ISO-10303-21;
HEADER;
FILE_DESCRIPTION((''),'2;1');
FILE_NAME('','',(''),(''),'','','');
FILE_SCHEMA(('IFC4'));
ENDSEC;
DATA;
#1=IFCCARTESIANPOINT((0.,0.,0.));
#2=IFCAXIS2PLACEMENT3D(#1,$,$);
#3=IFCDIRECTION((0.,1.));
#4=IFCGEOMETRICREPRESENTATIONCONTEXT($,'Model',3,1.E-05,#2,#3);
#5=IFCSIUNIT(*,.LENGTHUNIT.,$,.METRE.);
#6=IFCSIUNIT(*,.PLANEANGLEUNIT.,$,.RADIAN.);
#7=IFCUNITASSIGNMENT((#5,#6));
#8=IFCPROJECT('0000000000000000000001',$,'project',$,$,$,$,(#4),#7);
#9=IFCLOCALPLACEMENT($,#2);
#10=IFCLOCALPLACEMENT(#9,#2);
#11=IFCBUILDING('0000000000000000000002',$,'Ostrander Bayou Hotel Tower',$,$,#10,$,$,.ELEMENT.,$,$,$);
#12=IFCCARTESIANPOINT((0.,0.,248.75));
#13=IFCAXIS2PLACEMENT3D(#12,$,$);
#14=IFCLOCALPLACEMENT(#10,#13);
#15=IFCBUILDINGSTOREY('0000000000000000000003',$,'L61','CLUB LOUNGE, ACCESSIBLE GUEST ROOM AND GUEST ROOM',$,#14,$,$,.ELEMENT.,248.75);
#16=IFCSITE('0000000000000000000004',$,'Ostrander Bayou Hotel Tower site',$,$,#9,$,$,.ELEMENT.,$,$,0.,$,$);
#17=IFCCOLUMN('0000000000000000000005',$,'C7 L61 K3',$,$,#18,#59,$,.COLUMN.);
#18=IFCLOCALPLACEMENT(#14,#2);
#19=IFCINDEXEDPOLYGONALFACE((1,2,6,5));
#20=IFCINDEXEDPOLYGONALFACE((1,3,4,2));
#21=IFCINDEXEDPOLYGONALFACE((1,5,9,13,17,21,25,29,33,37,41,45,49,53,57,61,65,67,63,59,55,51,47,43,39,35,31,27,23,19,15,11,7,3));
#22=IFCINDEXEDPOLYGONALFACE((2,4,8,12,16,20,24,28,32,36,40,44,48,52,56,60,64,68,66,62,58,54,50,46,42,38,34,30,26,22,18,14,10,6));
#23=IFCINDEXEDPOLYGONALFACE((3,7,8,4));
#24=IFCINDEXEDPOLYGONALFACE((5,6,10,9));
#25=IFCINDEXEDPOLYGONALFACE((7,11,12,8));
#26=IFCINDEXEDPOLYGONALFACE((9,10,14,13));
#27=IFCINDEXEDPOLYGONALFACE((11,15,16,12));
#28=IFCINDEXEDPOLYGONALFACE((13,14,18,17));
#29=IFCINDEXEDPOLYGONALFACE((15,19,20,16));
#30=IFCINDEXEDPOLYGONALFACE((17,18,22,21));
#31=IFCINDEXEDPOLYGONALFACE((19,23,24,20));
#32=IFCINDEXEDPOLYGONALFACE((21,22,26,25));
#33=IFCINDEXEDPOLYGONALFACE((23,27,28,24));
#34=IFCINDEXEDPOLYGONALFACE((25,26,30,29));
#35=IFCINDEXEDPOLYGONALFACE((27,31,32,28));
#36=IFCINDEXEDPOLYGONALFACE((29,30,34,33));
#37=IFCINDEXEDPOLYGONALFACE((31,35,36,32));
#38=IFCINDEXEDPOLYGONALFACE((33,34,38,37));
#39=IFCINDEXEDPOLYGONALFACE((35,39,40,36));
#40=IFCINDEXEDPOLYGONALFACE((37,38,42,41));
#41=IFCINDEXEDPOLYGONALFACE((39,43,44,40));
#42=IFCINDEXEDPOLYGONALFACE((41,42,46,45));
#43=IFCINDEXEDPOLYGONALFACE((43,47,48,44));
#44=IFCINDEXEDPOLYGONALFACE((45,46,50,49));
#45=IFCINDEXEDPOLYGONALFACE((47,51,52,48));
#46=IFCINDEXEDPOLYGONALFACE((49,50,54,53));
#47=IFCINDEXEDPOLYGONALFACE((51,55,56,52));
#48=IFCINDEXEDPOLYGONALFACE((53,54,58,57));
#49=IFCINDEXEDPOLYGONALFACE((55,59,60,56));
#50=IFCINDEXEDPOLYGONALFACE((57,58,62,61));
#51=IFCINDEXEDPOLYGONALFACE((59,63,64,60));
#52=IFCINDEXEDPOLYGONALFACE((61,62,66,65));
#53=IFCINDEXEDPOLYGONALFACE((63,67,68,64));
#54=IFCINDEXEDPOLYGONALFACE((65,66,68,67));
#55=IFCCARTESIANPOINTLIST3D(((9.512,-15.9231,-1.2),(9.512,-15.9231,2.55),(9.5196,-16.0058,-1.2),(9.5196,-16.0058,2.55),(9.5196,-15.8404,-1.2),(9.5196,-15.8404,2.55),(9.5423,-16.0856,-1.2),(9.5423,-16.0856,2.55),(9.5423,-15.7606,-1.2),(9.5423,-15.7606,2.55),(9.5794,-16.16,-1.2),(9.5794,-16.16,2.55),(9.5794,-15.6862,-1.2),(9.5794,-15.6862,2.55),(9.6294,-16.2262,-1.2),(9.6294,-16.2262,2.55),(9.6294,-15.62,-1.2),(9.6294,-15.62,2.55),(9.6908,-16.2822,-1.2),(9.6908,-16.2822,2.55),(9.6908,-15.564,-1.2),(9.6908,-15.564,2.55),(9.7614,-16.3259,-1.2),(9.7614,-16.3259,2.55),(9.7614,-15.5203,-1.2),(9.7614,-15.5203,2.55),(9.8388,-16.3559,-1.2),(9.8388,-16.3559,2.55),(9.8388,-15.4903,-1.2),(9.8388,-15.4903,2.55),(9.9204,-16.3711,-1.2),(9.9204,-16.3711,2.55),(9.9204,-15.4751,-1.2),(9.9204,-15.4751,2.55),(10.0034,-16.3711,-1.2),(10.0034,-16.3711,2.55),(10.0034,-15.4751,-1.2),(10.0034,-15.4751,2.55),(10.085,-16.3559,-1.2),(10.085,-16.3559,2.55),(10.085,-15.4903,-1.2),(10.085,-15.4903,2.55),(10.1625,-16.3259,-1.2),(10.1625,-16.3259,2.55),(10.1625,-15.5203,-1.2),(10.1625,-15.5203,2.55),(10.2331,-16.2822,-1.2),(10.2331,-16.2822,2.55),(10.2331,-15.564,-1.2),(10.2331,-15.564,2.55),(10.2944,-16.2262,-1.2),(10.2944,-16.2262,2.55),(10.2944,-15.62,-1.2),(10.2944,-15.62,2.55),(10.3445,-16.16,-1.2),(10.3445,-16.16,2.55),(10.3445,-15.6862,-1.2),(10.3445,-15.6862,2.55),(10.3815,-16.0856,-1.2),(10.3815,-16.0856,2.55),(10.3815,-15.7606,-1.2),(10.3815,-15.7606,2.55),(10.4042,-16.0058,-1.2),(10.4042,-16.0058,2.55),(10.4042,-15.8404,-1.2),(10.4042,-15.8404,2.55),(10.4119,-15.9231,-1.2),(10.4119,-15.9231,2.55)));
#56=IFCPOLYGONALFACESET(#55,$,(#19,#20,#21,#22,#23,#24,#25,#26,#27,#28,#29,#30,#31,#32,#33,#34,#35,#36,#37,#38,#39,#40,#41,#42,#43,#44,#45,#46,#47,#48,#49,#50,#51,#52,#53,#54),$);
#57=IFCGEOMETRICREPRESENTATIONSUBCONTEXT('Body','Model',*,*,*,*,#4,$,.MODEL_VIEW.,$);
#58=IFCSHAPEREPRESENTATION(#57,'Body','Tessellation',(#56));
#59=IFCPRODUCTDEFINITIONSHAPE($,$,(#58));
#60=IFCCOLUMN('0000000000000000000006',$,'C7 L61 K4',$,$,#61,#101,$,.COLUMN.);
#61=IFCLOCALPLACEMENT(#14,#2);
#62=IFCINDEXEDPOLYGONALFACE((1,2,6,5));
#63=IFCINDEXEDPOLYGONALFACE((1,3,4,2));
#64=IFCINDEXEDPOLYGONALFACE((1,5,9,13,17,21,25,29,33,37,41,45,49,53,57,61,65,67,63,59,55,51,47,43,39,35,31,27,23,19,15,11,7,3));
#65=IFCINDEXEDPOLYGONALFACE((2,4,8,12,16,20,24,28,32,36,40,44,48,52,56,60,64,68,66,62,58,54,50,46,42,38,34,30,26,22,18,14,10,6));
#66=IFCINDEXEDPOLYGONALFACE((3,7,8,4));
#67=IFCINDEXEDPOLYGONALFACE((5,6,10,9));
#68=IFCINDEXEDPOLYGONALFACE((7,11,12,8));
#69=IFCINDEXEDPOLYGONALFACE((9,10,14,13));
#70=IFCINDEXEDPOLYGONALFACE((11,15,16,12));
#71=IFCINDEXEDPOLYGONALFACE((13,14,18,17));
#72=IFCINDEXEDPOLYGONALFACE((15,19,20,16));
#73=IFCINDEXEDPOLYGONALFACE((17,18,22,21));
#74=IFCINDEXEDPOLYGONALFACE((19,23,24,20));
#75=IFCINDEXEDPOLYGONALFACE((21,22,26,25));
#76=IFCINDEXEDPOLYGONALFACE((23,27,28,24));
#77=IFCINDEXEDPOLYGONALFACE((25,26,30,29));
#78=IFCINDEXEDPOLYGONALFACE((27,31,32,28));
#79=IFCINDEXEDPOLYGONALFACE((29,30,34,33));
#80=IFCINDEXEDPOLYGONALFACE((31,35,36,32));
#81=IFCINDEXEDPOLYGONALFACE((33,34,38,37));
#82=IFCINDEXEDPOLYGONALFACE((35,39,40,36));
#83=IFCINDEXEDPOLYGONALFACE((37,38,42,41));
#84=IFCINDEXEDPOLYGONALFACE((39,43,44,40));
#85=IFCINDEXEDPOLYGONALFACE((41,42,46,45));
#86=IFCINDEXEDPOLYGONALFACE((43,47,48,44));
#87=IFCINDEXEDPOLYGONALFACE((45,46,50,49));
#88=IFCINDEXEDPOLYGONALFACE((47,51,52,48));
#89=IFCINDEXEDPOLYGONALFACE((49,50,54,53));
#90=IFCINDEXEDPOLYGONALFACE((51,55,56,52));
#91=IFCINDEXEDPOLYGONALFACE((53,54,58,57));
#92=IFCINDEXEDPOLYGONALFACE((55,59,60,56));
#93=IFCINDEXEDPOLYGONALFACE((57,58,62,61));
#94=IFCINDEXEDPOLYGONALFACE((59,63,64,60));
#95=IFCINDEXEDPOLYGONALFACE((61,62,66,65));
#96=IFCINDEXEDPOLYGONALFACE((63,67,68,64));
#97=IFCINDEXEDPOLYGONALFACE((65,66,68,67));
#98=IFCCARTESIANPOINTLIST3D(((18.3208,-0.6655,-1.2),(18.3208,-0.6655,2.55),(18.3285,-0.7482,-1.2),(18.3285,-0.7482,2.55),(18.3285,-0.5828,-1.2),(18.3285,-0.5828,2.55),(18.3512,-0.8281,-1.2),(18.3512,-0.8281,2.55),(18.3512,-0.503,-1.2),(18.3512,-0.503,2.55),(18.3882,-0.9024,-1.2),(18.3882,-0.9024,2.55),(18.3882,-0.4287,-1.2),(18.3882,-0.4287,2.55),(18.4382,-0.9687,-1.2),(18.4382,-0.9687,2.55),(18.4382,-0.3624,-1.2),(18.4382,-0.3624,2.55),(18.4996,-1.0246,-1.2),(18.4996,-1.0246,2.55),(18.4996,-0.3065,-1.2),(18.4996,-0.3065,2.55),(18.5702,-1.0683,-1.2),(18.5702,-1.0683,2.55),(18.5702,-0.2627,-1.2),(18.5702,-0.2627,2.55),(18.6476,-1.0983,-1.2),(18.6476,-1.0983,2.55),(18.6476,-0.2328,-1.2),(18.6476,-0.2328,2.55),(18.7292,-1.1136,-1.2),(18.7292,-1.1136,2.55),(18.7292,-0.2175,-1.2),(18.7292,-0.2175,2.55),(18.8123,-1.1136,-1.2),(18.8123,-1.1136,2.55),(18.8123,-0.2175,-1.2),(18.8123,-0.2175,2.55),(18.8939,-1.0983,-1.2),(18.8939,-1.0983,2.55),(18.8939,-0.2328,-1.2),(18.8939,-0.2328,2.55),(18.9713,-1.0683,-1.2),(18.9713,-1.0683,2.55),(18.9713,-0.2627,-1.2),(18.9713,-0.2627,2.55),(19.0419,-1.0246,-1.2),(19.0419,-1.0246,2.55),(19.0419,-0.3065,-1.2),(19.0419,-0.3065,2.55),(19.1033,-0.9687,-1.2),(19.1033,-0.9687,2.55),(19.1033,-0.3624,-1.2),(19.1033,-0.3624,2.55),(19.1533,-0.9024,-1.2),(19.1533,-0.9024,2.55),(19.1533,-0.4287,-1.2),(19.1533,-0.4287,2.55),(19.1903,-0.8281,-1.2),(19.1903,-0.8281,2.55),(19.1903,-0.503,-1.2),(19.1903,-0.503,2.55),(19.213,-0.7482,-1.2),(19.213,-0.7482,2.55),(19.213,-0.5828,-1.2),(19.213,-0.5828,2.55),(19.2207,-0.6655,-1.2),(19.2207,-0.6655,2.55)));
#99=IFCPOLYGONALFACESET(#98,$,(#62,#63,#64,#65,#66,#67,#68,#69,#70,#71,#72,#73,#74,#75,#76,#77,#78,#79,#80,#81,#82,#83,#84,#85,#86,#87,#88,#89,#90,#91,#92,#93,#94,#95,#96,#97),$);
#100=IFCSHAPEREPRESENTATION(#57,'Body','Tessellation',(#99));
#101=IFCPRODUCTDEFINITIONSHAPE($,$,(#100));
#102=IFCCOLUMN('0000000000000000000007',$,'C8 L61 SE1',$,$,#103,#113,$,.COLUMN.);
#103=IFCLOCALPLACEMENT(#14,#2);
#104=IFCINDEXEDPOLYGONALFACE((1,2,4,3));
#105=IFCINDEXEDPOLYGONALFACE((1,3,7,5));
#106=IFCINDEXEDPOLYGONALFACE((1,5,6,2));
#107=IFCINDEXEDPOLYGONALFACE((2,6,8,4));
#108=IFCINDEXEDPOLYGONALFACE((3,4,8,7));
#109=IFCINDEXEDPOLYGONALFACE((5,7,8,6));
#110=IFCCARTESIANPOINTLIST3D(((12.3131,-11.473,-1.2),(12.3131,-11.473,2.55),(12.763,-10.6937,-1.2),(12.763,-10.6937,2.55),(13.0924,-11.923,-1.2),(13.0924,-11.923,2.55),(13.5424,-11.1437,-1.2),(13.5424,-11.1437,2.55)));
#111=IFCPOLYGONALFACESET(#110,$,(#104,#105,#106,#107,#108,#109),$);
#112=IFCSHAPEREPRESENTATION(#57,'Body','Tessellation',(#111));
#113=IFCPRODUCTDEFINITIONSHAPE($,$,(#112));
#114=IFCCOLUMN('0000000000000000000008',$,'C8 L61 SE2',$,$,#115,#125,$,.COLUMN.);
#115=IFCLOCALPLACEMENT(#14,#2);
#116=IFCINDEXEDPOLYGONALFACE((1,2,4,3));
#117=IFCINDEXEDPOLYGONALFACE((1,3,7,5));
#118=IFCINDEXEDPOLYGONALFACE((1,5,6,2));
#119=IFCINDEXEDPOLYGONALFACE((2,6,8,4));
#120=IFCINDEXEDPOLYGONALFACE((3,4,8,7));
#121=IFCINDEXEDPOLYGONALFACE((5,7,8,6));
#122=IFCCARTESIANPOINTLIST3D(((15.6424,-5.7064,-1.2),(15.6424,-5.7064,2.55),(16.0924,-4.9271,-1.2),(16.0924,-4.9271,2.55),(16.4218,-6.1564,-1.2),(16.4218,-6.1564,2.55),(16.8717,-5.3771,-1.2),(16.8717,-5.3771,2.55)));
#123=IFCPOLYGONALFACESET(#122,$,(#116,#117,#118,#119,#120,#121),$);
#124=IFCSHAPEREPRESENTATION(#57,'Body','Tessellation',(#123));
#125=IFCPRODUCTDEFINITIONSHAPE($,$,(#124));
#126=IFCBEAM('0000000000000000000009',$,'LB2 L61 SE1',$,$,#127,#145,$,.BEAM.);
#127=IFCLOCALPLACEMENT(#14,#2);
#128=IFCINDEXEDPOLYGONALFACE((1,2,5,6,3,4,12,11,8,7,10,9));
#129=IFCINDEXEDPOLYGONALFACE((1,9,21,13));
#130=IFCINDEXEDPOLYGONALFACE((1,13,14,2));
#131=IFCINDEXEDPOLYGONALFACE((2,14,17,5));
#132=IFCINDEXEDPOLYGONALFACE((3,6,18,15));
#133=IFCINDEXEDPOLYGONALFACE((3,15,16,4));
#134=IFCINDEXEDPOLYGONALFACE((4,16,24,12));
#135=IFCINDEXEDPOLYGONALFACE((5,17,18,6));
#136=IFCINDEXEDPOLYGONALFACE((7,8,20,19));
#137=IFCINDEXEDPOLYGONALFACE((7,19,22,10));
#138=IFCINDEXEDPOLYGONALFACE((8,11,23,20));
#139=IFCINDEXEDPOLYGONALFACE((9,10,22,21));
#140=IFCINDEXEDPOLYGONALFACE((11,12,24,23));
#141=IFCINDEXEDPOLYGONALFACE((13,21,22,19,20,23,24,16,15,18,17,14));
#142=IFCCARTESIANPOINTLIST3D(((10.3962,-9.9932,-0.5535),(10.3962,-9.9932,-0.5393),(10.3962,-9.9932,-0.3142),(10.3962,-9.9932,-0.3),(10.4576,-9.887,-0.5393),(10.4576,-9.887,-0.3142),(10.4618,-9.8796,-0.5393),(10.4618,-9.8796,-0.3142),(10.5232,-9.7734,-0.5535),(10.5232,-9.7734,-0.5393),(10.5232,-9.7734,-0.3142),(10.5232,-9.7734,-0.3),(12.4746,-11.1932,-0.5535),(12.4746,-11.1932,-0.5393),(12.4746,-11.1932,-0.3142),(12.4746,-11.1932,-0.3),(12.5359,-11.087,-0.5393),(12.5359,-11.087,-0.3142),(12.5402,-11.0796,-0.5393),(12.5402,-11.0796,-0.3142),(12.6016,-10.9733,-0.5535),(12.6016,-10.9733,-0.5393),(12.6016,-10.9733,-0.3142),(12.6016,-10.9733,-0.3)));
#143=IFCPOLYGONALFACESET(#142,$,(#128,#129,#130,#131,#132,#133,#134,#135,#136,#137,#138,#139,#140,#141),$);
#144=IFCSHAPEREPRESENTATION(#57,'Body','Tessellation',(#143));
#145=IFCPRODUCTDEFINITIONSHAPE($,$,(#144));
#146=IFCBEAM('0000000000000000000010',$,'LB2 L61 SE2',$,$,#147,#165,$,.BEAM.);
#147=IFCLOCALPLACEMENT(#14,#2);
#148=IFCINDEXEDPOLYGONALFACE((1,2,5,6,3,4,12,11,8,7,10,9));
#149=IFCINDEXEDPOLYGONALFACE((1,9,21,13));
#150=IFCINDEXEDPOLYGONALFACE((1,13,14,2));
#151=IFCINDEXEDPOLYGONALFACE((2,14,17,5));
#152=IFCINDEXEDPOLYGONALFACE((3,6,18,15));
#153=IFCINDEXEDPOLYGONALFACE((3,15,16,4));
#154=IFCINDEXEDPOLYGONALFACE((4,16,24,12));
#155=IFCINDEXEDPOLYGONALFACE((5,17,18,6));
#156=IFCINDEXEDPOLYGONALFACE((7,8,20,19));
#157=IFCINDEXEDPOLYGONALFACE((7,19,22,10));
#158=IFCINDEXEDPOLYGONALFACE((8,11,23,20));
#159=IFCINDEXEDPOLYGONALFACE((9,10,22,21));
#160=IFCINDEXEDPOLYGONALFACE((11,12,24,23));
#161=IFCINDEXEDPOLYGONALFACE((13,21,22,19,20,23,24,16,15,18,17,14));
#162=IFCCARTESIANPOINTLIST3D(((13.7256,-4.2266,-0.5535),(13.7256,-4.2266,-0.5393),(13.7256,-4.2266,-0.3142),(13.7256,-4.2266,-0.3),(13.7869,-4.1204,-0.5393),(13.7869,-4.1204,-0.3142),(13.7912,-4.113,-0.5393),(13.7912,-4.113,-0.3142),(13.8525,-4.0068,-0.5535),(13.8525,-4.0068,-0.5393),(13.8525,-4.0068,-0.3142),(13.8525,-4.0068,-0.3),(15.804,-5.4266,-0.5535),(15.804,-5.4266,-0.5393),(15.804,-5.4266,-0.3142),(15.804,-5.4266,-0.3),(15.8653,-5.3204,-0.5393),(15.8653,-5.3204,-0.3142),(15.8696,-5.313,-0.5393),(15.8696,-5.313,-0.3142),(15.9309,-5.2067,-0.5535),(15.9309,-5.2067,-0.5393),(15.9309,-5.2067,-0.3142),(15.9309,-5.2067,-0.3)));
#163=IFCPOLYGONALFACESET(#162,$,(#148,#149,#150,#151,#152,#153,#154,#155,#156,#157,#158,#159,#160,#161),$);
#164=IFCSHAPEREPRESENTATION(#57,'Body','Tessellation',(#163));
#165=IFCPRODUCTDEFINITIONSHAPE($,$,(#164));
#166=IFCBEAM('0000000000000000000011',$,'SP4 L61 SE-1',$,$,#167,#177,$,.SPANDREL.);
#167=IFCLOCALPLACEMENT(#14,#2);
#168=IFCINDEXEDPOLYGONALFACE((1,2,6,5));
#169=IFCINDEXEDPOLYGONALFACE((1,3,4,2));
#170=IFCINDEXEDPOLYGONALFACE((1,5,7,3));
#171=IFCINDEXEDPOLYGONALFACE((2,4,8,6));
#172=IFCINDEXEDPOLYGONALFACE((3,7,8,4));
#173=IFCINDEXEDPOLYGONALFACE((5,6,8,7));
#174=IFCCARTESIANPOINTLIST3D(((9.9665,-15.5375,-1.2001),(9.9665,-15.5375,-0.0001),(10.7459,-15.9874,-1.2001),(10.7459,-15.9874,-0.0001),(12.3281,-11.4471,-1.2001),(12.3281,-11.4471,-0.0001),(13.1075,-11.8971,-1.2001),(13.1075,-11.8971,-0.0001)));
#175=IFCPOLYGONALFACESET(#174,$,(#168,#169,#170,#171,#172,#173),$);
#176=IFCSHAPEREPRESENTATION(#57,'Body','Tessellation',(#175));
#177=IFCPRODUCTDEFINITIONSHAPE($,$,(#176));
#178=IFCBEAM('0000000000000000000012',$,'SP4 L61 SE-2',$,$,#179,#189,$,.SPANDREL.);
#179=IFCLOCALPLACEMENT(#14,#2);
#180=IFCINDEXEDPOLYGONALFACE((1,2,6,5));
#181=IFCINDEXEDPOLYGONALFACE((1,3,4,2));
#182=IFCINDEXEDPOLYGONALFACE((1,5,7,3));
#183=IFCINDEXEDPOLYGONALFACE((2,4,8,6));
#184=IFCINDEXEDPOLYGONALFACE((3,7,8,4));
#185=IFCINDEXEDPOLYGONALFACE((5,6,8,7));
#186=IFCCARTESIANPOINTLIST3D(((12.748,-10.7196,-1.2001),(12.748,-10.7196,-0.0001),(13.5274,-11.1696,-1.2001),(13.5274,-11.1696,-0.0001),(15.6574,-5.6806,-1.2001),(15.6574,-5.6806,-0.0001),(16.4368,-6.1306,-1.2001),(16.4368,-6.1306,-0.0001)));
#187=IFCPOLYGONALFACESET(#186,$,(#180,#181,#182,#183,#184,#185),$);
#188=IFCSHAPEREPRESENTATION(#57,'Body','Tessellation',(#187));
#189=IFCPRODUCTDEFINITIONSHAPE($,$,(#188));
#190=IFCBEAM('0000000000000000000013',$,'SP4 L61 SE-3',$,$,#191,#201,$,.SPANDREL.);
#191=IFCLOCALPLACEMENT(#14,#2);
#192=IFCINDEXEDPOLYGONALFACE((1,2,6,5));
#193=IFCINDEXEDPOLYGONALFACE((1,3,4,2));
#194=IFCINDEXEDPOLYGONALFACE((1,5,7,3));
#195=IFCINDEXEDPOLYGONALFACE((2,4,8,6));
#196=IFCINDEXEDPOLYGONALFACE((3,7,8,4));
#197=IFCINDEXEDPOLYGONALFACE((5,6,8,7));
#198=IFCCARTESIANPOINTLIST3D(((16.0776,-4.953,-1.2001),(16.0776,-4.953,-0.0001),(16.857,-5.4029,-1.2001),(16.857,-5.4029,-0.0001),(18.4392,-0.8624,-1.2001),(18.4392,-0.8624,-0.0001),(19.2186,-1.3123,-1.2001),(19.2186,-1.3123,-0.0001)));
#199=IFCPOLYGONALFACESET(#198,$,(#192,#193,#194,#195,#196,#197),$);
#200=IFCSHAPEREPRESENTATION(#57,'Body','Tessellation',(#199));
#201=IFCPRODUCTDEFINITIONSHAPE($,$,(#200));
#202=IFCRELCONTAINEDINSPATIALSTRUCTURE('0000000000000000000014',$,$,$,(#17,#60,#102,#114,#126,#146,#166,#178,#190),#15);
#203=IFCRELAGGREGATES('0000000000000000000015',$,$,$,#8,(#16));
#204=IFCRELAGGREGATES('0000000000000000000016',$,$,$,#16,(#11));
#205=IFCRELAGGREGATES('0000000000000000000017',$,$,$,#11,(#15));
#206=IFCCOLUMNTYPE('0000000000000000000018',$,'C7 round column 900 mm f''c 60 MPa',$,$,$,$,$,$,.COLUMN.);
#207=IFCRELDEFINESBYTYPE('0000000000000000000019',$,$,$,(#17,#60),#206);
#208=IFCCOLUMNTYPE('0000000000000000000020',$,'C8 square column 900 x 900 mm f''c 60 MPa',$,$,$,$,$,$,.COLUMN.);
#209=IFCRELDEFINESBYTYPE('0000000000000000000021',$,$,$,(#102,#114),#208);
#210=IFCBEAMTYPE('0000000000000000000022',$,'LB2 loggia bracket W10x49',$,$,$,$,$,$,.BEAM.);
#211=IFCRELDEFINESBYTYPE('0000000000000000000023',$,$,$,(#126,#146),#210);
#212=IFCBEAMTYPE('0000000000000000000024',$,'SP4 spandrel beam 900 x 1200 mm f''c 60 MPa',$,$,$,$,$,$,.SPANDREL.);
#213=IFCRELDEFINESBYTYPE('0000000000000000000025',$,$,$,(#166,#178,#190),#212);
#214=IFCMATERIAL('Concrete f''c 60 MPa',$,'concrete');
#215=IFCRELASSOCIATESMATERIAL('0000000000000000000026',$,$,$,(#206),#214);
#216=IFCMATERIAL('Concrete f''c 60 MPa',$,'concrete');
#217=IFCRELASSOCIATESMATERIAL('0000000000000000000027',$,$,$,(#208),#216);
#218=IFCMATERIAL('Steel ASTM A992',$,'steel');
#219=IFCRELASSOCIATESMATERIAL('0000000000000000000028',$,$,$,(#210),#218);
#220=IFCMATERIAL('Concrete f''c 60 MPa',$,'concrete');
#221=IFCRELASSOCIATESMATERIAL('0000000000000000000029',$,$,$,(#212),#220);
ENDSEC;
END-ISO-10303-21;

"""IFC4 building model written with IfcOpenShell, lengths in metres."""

from ifc_helpers import new_model, si_unit, direction, frame, origin, origin_2d, place, context, subcontext, project, spatial, rectangle, circle, i_section, extrude, material, material_profile, profile_set, type_object, element, save


model = new_model("IFC4")

# Units and contexts
model_context = context("Model", 3, precision=1e-05, world=origin(), true_north=direction((0.0, 1.0)))
body_context = subcontext(model_context, "Body", "Model", "MODEL_VIEW")
ifc_project = project(units=[si_unit("LENGTHUNIT", "METRE"), si_unit("PLANEANGLEUNIT", "RADIAN")], contexts=[model_context])

# Site, building, storey
site_placement = place(None, origin())
site = spatial("IfcSite", under=ifc_project, at=site_placement, Name="Ostrander Bayou Hotel Tower site", CompositionType="ELEMENT", RefElevation=0.0)
building_placement = place(site_placement, origin())
building = spatial("IfcBuilding", under=site, at=building_placement, Name="Ostrander Bayou Hotel Tower", CompositionType="ELEMENT")
storey_placement = place(building_placement, frame((0.0, 0.0, 248.75)))
storey = spatial("IfcBuildingStorey", under=building, at=storey_placement, Name="L61", Description="CLUB LOUNGE, ACCESSIBLE GUEST ROOM AND GUEST ROOM", CompositionType="ELEMENT", Elevation=248.75)

# Columns
ifc_material_1 = material(Name="Concrete f'c 60 MPa", Category="concrete")
ifc_material_profile_1 = material_profile(ifc_material_1, circle(Radius=0.45, at=origin_2d()))
ifc_profile_set_1 = profile_set([ifc_material_profile_1], Name="Concrete f'c 60 MPa")
column_type_1 = type_object("IfcColumnType", Name="C7 round column 900 mm f'c 60 MPa", PredefinedType="COLUMN", material=ifc_profile_set_1)
for number, where, z_axis, x_axis, name in (
    (1, (9.9619, -15.9231, -1.2), (0.0, 0.0, 1.0), (1.0, 0.0, 0.0), "C7 L61 K3"),
    (2, (18.7708, -0.6655, -1.2), (0.0, 0.0, 1.0), (1.0, 0.0, 0.0), "C7 L61 K4"),
):
    element("IfcColumn", number, at=place(storey_placement, frame(where, z_axis=z_axis, x_axis=x_axis)), inside=storey, type_object=column_type_1, Name=name, PredefinedType="COLUMN", context=body_context, shape_type="SweptSolid", body=[
        extrude(circle(Radius=0.45, at=origin_2d()), origin(), (0.0, 0.0, 1.0), 3.75),
    ])
ifc_material_2 = material(Name="Concrete f'c 60 MPa", Category="concrete")
ifc_material_profile_2 = material_profile(ifc_material_2, rectangle(XDim=0.8999, YDim=0.8999, at=origin_2d()))
ifc_profile_set_2 = profile_set([ifc_material_profile_2], Name="Concrete f'c 60 MPa")
column_type_2 = type_object("IfcColumnType", Name="C8 square column 900 x 900 mm f'c 60 MPa", PredefinedType="COLUMN", material=ifc_profile_set_2)
for number, where, z_axis, x_axis, name in (
    (3, (12.9277, -11.3083, -1.2), (0.0, 0.0, 1.0), (-0.5, -0.866025, 0.0), "C8 L61 SE1"),
    (4, (16.2571, -5.5417, -1.2), (0.0, 0.0, 1.0), (-0.5, -0.866025, 0.0), "C8 L61 SE2"),
):
    element("IfcColumn", number, at=place(storey_placement, frame(where, z_axis=z_axis, x_axis=x_axis)), inside=storey, type_object=column_type_2, Name=name, PredefinedType="COLUMN", context=body_context, shape_type="SweptSolid", body=[
        extrude(rectangle(XDim=0.8999, YDim=0.8999, at=origin_2d()), origin(), (0.0, 0.0, 1.0), 3.75),
    ])

# Beams
ifc_material_3 = material(Name="Steel ASTM A992", Category="steel")
ifc_material_profile_3 = material_profile(ifc_material_3, i_section(OverallWidth=0.2539, OverallDepth=0.2534, WebThickness=0.0085, FlangeThickness=0.0142, at=origin_2d()))
ifc_profile_set_3 = profile_set([ifc_material_profile_3], Name="Steel ASTM A992")
beam_type_1 = type_object("IfcBeamType", Name="LB2 loggia bracket W10x49", PredefinedType="BEAM", material=ifc_profile_set_3)
for number, where, z_axis, x_axis, name in (
    (5, (12.5381, -11.0833, -0.4268), (-0.866025, 0.500001, 0.0), (-0.500001, -0.866025, 0.0), "LB2 L61 SE1"),
    (6, (15.8674, -5.3167, -0.4268), (-0.866025, 0.500001, 0.0), (-0.500001, -0.866025, 0.0), "LB2 L61 SE2"),
):
    element("IfcBeam", number, at=place(storey_placement, frame(where, z_axis=z_axis, x_axis=x_axis)), inside=storey, type_object=beam_type_1, Name=name, PredefinedType="BEAM", context=body_context, shape_type="SweptSolid", body=[
        extrude(i_section(OverallWidth=0.2539, OverallDepth=0.2534, WebThickness=0.0085, FlangeThickness=0.0142, at=origin_2d()), origin(), (0.0, 0.0, 1.0), 2.3999),
    ])
ifc_material_4 = material(Name="Concrete f'c 60 MPa", Category="concrete")
ifc_material_profile_4 = material_profile(ifc_material_4, rectangle(XDim=0.8999, YDim=1.2, at=origin_2d()))
ifc_profile_set_4 = profile_set([ifc_material_profile_4], Name="Concrete f'c 60 MPa")
beam_type_2 = type_object("IfcBeamType", Name="SP4 spandrel beam 900 x 1200 mm f'c 60 MPa", PredefinedType="SPANDREL", material=ifc_profile_set_4)
beam_1_placement = place(storey_placement, frame((10.3562, -15.7625, -0.6001), z_axis=(0.500003, 0.866024, 0.0), x_axis=(-0.866024, 0.500003, 0.0)))
element("IfcBeam", 7, at=beam_1_placement, inside=storey, type_object=beam_type_2, Name="SP4 L61 SE-1", PredefinedType="SPANDREL", context=body_context, shape_type="SweptSolid", body=[
    extrude(rectangle(XDim=0.8999, YDim=1.2, at=origin_2d()), origin(), (0.0, 0.0, 1.0), 4.7231),
])
beam_2_placement = place(storey_placement, frame((13.1377, -10.9446, -0.6001), z_axis=(0.500015, 0.866016, 0.0), x_axis=(-0.866016, 0.500015, 0.0)))
element("IfcBeam", 8, at=beam_2_placement, inside=storey, type_object=beam_type_2, Name="SP4 L61 SE-2", PredefinedType="SPANDREL", context=body_context, shape_type="SweptSolid", body=[
    extrude(rectangle(XDim=0.8999, YDim=1.2, at=origin_2d()), origin(), (0.0, 0.0, 1.0), 5.8186),
])
beam_3_placement = place(storey_placement, frame((16.4673, -5.178, -0.6001), z_axis=(0.49998, 0.866037, 0.0), x_axis=(-0.866037, 0.49998, 0.0)))
element("IfcBeam", 9, at=beam_3_placement, inside=storey, type_object=beam_type_2, Name="SP4 L61 SE-3", PredefinedType="SPANDREL", context=body_context, shape_type="SweptSolid", body=[
    extrude(rectangle(XDim=0.8999, YDim=1.2, at=origin_2d()), origin(), (0.0, 0.0, 1.0), 4.7234),
])

save(model, "model.ifc")
